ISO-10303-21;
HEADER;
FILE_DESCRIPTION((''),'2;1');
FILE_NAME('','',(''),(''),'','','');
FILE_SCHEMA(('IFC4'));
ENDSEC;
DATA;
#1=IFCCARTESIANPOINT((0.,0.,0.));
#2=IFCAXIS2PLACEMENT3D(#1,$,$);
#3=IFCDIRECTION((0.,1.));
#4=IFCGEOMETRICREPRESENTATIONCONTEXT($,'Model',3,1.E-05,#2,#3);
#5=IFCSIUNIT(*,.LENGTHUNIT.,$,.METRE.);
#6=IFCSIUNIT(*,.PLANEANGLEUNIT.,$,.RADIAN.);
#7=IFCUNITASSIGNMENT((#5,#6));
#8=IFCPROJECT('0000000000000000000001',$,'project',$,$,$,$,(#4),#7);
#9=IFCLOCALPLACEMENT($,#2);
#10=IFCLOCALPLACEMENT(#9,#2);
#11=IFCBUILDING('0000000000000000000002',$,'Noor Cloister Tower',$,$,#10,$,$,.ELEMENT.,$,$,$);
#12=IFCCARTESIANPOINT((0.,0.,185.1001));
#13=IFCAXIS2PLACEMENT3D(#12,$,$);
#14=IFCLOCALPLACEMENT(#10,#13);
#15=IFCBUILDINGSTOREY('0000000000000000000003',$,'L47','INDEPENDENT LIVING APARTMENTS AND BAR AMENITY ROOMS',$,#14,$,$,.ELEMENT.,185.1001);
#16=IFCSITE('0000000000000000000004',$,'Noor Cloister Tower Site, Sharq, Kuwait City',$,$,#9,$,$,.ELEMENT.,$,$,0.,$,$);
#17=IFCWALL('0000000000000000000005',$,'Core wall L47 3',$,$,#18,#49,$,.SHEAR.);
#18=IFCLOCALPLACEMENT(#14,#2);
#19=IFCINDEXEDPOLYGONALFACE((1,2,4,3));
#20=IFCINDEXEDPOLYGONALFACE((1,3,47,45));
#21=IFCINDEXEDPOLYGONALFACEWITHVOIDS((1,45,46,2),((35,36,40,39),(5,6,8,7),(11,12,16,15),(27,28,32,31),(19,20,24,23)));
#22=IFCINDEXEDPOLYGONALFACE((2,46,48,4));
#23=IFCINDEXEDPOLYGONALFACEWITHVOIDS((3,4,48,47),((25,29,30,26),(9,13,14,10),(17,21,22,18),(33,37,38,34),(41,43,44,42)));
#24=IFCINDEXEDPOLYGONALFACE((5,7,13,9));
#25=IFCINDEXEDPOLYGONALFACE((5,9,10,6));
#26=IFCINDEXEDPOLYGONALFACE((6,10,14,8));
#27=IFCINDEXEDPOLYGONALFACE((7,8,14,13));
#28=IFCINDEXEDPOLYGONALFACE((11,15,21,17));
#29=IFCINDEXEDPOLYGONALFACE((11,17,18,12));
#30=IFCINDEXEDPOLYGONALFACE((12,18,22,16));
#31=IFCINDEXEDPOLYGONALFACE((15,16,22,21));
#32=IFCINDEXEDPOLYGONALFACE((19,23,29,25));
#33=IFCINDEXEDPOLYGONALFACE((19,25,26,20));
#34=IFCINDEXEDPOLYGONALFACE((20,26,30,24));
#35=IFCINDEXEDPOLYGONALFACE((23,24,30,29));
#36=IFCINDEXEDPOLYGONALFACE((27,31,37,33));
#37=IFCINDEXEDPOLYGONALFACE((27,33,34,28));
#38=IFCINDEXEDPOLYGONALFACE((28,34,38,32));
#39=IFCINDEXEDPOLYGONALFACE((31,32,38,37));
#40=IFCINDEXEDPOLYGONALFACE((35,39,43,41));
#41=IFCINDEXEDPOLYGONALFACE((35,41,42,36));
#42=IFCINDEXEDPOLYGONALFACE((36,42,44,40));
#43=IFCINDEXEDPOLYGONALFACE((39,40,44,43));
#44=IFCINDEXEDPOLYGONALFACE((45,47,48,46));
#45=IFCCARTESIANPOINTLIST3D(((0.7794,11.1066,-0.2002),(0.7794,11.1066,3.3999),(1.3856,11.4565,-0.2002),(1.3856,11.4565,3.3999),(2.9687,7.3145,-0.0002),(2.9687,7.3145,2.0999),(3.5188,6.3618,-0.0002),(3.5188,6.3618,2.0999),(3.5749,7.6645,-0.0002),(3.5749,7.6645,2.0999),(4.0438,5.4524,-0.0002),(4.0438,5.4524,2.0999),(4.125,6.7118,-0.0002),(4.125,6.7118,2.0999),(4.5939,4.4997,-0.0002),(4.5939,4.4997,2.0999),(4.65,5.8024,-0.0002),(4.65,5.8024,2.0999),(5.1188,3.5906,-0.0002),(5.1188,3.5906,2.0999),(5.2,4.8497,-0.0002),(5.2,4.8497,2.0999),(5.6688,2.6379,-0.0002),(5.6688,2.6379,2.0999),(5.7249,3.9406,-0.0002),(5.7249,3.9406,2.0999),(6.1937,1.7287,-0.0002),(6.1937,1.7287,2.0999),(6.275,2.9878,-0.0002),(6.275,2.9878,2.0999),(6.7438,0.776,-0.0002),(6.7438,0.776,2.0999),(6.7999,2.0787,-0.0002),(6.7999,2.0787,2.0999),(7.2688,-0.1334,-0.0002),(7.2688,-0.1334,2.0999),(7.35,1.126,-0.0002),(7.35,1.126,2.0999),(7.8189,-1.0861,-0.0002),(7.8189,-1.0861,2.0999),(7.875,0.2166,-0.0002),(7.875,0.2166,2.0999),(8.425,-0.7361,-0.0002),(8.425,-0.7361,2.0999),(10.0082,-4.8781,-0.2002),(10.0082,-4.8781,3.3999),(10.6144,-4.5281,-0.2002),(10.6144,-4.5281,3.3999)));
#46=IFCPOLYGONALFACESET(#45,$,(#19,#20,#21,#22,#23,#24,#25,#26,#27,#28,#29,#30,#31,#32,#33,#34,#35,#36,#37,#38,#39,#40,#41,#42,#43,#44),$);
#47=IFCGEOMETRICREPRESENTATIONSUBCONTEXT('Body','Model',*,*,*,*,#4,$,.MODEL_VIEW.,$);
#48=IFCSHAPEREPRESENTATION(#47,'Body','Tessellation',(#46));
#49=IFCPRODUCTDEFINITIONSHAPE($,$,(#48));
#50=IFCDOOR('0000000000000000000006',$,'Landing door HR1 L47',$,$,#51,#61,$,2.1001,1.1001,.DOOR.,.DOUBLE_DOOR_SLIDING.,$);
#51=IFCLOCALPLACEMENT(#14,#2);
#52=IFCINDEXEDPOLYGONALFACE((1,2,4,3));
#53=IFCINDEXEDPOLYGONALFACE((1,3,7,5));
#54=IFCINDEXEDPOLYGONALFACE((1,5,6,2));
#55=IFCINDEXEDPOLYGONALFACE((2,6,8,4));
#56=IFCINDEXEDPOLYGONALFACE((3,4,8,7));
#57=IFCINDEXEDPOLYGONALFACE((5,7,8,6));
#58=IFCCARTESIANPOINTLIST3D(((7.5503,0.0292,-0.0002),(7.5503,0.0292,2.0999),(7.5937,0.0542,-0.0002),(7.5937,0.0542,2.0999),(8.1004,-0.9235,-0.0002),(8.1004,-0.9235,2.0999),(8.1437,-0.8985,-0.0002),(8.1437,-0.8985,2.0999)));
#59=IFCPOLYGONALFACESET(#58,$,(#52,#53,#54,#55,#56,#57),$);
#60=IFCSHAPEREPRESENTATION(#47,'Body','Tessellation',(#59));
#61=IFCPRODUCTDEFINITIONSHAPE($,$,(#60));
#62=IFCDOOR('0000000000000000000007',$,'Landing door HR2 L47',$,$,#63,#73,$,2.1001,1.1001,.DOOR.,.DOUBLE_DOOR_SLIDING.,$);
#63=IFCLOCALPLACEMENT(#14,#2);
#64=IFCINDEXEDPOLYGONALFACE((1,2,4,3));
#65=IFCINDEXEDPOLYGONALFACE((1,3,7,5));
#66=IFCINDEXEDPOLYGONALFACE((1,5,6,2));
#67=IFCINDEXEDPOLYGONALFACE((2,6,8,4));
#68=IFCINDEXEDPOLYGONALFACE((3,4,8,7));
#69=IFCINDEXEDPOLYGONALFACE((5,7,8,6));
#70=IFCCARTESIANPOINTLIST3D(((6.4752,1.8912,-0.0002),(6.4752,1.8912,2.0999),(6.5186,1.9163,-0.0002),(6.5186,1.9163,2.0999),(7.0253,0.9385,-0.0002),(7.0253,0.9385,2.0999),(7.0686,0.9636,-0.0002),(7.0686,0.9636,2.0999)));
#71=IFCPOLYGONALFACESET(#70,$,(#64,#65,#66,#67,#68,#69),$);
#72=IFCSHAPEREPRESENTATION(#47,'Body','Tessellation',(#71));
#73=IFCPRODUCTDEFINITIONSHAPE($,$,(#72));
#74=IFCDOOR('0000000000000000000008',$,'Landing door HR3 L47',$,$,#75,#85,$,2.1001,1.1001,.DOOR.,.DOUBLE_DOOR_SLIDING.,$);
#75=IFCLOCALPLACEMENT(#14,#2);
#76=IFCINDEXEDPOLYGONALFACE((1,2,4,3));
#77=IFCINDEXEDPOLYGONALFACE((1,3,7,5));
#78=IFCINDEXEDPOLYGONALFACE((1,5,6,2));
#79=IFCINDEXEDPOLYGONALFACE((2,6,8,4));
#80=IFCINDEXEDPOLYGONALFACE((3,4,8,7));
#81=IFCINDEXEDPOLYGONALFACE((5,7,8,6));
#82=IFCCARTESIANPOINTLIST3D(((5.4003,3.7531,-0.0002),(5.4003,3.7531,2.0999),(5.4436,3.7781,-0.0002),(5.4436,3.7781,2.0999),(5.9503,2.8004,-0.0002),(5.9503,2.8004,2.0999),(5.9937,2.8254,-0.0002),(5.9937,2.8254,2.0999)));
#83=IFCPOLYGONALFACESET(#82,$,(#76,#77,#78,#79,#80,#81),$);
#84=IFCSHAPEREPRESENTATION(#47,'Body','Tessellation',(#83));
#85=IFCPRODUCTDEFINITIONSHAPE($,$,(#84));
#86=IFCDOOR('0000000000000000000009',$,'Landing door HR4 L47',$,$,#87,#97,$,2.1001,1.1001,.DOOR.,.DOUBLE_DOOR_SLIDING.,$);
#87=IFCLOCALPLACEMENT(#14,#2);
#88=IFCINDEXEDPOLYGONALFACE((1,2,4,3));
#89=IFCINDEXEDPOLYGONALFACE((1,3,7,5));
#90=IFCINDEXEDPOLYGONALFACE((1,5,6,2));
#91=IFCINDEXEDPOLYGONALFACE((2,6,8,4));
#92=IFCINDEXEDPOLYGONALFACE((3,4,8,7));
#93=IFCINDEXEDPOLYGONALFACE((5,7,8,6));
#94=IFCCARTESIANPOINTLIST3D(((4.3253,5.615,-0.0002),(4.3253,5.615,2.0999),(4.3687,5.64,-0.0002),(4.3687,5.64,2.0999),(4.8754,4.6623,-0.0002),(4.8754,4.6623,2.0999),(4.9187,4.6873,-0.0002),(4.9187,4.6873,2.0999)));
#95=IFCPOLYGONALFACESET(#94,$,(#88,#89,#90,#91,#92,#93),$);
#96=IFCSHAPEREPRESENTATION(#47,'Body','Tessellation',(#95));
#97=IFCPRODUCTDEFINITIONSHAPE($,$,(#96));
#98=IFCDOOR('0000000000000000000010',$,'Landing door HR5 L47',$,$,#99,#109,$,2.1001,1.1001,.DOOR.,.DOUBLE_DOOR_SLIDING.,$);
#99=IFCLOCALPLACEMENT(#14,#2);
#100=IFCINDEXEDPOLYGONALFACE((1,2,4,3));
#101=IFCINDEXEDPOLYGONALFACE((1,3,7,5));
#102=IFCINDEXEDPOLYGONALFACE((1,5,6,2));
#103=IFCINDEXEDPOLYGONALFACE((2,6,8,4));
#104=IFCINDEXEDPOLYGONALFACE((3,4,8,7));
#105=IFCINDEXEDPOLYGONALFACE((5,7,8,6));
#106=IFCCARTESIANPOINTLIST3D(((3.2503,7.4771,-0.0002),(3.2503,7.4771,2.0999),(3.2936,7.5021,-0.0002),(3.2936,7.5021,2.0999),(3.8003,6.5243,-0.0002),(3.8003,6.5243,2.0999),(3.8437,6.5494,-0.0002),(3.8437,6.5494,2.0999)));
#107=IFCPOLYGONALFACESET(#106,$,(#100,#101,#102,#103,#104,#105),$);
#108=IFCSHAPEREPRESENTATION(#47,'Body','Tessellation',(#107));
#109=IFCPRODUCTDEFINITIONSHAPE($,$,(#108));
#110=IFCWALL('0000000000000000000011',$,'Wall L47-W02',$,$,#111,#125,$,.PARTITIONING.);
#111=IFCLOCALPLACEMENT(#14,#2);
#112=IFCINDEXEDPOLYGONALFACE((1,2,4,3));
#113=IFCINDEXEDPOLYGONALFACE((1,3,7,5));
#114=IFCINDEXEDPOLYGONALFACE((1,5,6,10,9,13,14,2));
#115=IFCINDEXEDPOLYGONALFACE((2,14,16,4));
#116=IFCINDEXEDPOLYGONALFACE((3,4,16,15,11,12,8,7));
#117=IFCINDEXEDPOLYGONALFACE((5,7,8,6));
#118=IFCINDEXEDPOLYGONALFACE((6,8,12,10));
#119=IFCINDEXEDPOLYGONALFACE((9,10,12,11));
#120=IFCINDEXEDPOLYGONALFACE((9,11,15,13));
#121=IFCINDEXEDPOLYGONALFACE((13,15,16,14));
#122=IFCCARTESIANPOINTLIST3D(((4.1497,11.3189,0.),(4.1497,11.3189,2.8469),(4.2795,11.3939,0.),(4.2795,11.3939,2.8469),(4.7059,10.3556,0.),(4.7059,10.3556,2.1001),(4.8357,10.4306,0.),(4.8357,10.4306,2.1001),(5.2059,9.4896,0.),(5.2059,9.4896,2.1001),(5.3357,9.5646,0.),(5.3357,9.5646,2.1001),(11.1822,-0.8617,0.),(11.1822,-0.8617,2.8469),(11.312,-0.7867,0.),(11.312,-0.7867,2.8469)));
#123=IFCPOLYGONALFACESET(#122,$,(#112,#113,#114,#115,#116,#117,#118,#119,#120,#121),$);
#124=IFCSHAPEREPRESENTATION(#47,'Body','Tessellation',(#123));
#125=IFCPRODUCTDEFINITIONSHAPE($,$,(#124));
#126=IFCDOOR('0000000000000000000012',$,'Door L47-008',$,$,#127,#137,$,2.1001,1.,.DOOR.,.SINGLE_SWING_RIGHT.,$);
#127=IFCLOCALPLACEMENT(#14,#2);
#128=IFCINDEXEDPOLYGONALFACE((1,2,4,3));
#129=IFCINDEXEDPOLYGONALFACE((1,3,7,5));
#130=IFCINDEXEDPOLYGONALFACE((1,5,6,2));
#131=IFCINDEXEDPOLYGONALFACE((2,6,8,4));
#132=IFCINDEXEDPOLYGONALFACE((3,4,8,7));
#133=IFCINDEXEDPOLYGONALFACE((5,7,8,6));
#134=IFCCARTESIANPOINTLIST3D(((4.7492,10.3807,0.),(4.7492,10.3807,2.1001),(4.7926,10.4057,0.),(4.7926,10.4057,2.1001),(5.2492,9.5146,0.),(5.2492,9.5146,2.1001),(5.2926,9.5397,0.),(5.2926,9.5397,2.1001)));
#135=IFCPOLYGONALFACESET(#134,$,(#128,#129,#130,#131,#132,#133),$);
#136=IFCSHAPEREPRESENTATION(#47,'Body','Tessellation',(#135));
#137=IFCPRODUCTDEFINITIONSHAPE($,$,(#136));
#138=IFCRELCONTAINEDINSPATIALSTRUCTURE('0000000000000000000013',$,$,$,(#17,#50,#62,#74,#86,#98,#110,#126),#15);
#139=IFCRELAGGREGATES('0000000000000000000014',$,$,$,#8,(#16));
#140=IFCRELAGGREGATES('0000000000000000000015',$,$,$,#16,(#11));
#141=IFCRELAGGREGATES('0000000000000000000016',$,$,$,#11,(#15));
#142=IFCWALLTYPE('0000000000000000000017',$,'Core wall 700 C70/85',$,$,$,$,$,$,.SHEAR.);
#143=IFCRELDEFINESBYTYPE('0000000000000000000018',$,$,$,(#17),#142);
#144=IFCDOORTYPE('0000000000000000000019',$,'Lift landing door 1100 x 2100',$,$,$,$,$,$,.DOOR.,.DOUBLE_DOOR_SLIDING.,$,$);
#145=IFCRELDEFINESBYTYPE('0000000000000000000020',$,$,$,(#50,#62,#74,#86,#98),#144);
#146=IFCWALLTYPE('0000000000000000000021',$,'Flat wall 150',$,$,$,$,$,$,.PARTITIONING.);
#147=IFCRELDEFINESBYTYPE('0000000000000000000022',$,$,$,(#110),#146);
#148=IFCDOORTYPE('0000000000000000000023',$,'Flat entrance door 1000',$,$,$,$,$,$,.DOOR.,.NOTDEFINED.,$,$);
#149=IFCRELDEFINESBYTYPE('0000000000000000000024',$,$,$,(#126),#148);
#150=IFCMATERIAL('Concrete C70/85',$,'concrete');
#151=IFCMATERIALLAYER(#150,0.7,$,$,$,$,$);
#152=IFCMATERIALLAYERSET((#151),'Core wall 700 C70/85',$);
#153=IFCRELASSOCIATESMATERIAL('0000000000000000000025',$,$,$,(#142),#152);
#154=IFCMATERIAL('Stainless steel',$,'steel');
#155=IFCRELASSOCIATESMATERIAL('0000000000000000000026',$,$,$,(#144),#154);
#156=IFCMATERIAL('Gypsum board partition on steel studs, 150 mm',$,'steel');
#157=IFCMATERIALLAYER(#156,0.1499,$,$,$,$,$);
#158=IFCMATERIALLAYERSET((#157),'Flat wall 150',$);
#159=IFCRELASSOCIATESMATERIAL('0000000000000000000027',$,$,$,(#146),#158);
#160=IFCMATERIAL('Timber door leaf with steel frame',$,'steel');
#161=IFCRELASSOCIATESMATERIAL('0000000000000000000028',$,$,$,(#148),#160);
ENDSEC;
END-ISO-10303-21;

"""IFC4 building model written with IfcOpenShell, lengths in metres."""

from ifc_helpers import new_model, si_unit, direction, frame, frame_2d, origin, place, context, subcontext, project, spatial, rectangle, extrude, material, layer, layer_set, type_object, element, fill, save


model = new_model("IFC4")

# Units and contexts
model_context = context("Model", 3, precision=1e-05, world=origin(), true_north=direction((0.0, 1.0)))
body_context = subcontext(model_context, "Body", "Model", "MODEL_VIEW")
ifc_project = project(units=[si_unit("LENGTHUNIT", "METRE"), si_unit("PLANEANGLEUNIT", "RADIAN")], contexts=[model_context])

# Site, building, storey
site_placement = place(None, origin())
site = spatial("IfcSite", under=ifc_project, at=site_placement, Name="Noor Cloister Tower Site, Sharq, Kuwait City", CompositionType="ELEMENT", RefElevation=0.0)
building_placement = place(site_placement, origin())
building = spatial("IfcBuilding", under=site, at=building_placement, Name="Noor Cloister Tower", CompositionType="ELEMENT")
storey_placement = place(building_placement, frame((0.0, 0.0, 185.1001)))
storey = spatial("IfcBuildingStorey", under=building, at=storey_placement, Name="L47", Description="INDEPENDENT LIVING APARTMENTS AND BAR AMENITY ROOMS", CompositionType="ELEMENT", Elevation=185.1001)

# Wall, openings, doors
ifc_material_1 = material(Name="Concrete C70/85", Category="concrete")
ifc_layer_1 = layer(ifc_material_1, 0.7)
ifc_layer_set_1 = layer_set([ifc_layer_1], Name="Core wall 700 C70/85")
wall_type_1 = type_object("IfcWallType", Name="Core wall 700 C70/85", PredefinedType="SHEAR", material=ifc_layer_set_1)
wall_1_placement = place(storey_placement, frame((10.3113, -4.7031, -0.2002), z_axis=(0.0, 0.0, 1.0), x_axis=(-0.500001, 0.866025, 0.0)))
wall_1 = element("IfcWall", 1, at=wall_1_placement, inside=storey, type_object=wall_type_1, Name="Core wall L47 3", PredefinedType="SHEAR", context=body_context, shape_type="SweptSolid", body=[
    extrude(rectangle(XDim=18.4575, YDim=0.7, at=frame_2d((9.2288, 0.0))), origin(), (0.0, 0.0, 1.0), 3.6001),
])
opening_1_placement = place(wall_1_placement, frame((4.3787, 0.0, 0.2)))
opening_1 = element("IfcOpeningElement", 2, at=opening_1_placement, cuts=wall_1, PredefinedType="OPENING", context=body_context, shape_type="SweptSolid", body=[
    extrude(rectangle(XDim=1.1001, YDim=2.1001, at=frame_2d((0.55, 1.05))), frame((0.0, 0.3599, 0.0), z_axis=(0.0, -1.0, 0.0), x_axis=(1.0, 0.0, 0.0)), (0.0, 0.0, 1.0), 0.72),
])
opening_2_placement = place(wall_1_placement, frame((6.5288, 0.0, 0.2)))
opening_2 = element("IfcOpeningElement", 3, at=opening_2_placement, cuts=wall_1, PredefinedType="OPENING", context=body_context, shape_type="SweptSolid", body=[
    extrude(rectangle(XDim=1.1001, YDim=2.1001, at=frame_2d((0.55, 1.05))), frame((0.0, 0.3599, 0.0), z_axis=(0.0, -1.0, 0.0), x_axis=(1.0, 0.0, 0.0)), (0.0, 0.0, 1.0), 0.72),
])
opening_3_placement = place(wall_1_placement, frame((8.6787, 0.0, 0.2)))
opening_3 = element("IfcOpeningElement", 4, at=opening_3_placement, cuts=wall_1, PredefinedType="OPENING", context=body_context, shape_type="SweptSolid", body=[
    extrude(rectangle(XDim=1.1001, YDim=2.1001, at=frame_2d((0.55, 1.05))), frame((0.0, 0.3599, 0.0), z_axis=(0.0, -1.0, 0.0), x_axis=(1.0, 0.0, 0.0)), (0.0, 0.0, 1.0), 0.72),
])
opening_4_placement = place(wall_1_placement, frame((10.8286, 0.0, 0.2)))
opening_4 = element("IfcOpeningElement", 5, at=opening_4_placement, cuts=wall_1, PredefinedType="OPENING", context=body_context, shape_type="SweptSolid", body=[
    extrude(rectangle(XDim=1.1001, YDim=2.1001, at=frame_2d((0.55, 1.05))), frame((0.0, 0.3599, 0.0), z_axis=(0.0, -1.0, 0.0), x_axis=(1.0, 0.0, 0.0)), (0.0, 0.0, 1.0), 0.72),
])
opening_5_placement = place(wall_1_placement, frame((12.9788, 0.0, 0.2)))
opening_5 = element("IfcOpeningElement", 6, at=opening_5_placement, cuts=wall_1, PredefinedType="OPENING", context=body_context, shape_type="SweptSolid", body=[
    extrude(rectangle(XDim=1.1001, YDim=2.1001, at=frame_2d((0.55, 1.05))), frame((0.0, 0.3599, 0.0), z_axis=(0.0, -1.0, 0.0), x_axis=(1.0, 0.0, 0.0)), (0.0, 0.0, 1.0), 0.72),
])
ifc_material_2 = material(Name="Stainless steel", Category="steel")
door_type_1 = type_object("IfcDoorType", Name="Lift landing door 1100 x 2100", OperationType="DOUBLE_DOOR_SLIDING", PredefinedType="DOOR", material=ifc_material_2)
door_1_placement = place(opening_1_placement, origin())
door_1 = element("IfcDoor", 7, at=door_1_placement, inside=storey, type_object=door_type_1, Name="Landing door HR1 L47", OperationType="DOUBLE_DOOR_SLIDING", OverallHeight=2.1001, OverallWidth=1.1001, PredefinedType="DOOR", context=body_context, shape_type="SweptSolid", body=[
    extrude(rectangle(XDim=1.1001, YDim=2.1001, at=frame_2d((0.55, 1.05))), frame((0.0, 0.0249, 0.0), z_axis=(0.0, -1.0, 0.0), x_axis=(1.0, 0.0, 0.0)), (0.0, 0.0, 1.0), 0.05),
])
fill(opening_1, door_1)
door_2_placement = place(opening_2_placement, origin())
door_2 = element("IfcDoor", 8, at=door_2_placement, inside=storey, type_object=door_type_1, Name="Landing door HR2 L47", OperationType="DOUBLE_DOOR_SLIDING", OverallHeight=2.1001, OverallWidth=1.1001, PredefinedType="DOOR", context=body_context, shape_type="SweptSolid", body=[
    extrude(rectangle(XDim=1.1001, YDim=2.1001, at=frame_2d((0.55, 1.05))), frame((0.0, 0.0249, 0.0), z_axis=(0.0, -1.0, 0.0), x_axis=(1.0, 0.0, 0.0)), (0.0, 0.0, 1.0), 0.05),
])
fill(opening_2, door_2)
door_3_placement = place(opening_3_placement, origin())
door_3 = element("IfcDoor", 9, at=door_3_placement, inside=storey, type_object=door_type_1, Name="Landing door HR3 L47", OperationType="DOUBLE_DOOR_SLIDING", OverallHeight=2.1001, OverallWidth=1.1001, PredefinedType="DOOR", context=body_context, shape_type="SweptSolid", body=[
    extrude(rectangle(XDim=1.1001, YDim=2.1001, at=frame_2d((0.55, 1.05))), frame((0.0, 0.0249, 0.0), z_axis=(0.0, -1.0, 0.0), x_axis=(1.0, 0.0, 0.0)), (0.0, 0.0, 1.0), 0.05),
])
fill(opening_3, door_3)
door_4_placement = place(opening_4_placement, origin())
door_4 = element("IfcDoor", 10, at=door_4_placement, inside=storey, type_object=door_type_1, Name="Landing door HR4 L47", OperationType="DOUBLE_DOOR_SLIDING", OverallHeight=2.1001, OverallWidth=1.1001, PredefinedType="DOOR", context=body_context, shape_type="SweptSolid", body=[
    extrude(rectangle(XDim=1.1001, YDim=2.1001, at=frame_2d((0.55, 1.05))), frame((0.0, 0.0249, 0.0), z_axis=(0.0, -1.0, 0.0), x_axis=(1.0, 0.0, 0.0)), (0.0, 0.0, 1.0), 0.05),
])
fill(opening_4, door_4)
door_5_placement = place(opening_5_placement, origin())
door_5 = element("IfcDoor", 11, at=door_5_placement, inside=storey, type_object=door_type_1, Name="Landing door HR5 L47", OperationType="DOUBLE_DOOR_SLIDING", OverallHeight=2.1001, OverallWidth=1.1001, PredefinedType="DOOR", context=body_context, shape_type="SweptSolid", body=[
    extrude(rectangle(XDim=1.1001, YDim=2.1001, at=frame_2d((0.55, 1.05))), frame((0.0, 0.0249, 0.0), z_axis=(0.0, -1.0, 0.0), x_axis=(1.0, 0.0, 0.0)), (0.0, 0.0, 1.0), 0.05),
])
fill(opening_5, door_5)

# Wall, opening, door
ifc_material_3 = material(Name="Gypsum board partition on steel studs, 150 mm", Category="steel")
ifc_layer_2 = layer(ifc_material_3, 0.1499)
ifc_layer_set_2 = layer_set([ifc_layer_2], Name="Flat wall 150")
wall_type_2 = type_object("IfcWallType", Name="Flat wall 150", PredefinedType="PARTITIONING", material=ifc_layer_set_2)
wall_2_placement = place(storey_placement, frame((11.2471, -0.8242, 0.0), z_axis=(0.0, 0.0, 1.0), x_axis=(-0.499998, 0.866027, 0.0)))
wall_2 = element("IfcWall", 12, at=wall_2_placement, inside=storey, type_object=wall_type_2, Name="Wall L47-W02", PredefinedType="PARTITIONING", context=body_context, shape_type="SweptSolid", body=[
    extrude(rectangle(XDim=14.0649, YDim=0.1499, at=frame_2d((7.0325, 0.0))), origin(), (0.0, 0.0, 1.0), 2.8469),
])
opening_6_placement = place(wall_2_placement, frame((11.9526, 0.0, 0.0)))
opening_6 = element("IfcOpeningElement", 13, at=opening_6_placement, cuts=wall_2, PredefinedType="OPENING", context=body_context, shape_type="SweptSolid", body=[
    extrude(rectangle(XDim=1.0, YDim=2.1001, at=frame_2d((0.5, 1.05))), frame((0.0, 0.085, 0.0), z_axis=(0.0, -1.0, 0.0), x_axis=(1.0, 0.0, 0.0)), (0.0, 0.0, 1.0), 0.1699),
])
ifc_material_4 = material(Name="Timber door leaf with steel frame", Category="steel")
door_type_2 = type_object("IfcDoorType", Name="Flat entrance door 1000", OperationType="NOTDEFINED", PredefinedType="DOOR", material=ifc_material_4)
door_6_placement = place(opening_6_placement, origin())
door_6 = element("IfcDoor", 14, at=door_6_placement, inside=storey, type_object=door_type_2, Name="Door L47-008", OperationType="SINGLE_SWING_RIGHT", OverallHeight=2.1001, OverallWidth=1.0, PredefinedType="DOOR", context=body_context, shape_type="SweptSolid", body=[
    extrude(rectangle(XDim=1.0, YDim=2.1001, at=frame_2d((0.5, 1.05))), frame((0.0, 0.0249, 0.0), z_axis=(0.0, -1.0, 0.0), x_axis=(1.0, 0.0, 0.0)), (0.0, 0.0, 1.0), 0.05),
])
fill(opening_6, door_6)

save(model, "model.ifc")
